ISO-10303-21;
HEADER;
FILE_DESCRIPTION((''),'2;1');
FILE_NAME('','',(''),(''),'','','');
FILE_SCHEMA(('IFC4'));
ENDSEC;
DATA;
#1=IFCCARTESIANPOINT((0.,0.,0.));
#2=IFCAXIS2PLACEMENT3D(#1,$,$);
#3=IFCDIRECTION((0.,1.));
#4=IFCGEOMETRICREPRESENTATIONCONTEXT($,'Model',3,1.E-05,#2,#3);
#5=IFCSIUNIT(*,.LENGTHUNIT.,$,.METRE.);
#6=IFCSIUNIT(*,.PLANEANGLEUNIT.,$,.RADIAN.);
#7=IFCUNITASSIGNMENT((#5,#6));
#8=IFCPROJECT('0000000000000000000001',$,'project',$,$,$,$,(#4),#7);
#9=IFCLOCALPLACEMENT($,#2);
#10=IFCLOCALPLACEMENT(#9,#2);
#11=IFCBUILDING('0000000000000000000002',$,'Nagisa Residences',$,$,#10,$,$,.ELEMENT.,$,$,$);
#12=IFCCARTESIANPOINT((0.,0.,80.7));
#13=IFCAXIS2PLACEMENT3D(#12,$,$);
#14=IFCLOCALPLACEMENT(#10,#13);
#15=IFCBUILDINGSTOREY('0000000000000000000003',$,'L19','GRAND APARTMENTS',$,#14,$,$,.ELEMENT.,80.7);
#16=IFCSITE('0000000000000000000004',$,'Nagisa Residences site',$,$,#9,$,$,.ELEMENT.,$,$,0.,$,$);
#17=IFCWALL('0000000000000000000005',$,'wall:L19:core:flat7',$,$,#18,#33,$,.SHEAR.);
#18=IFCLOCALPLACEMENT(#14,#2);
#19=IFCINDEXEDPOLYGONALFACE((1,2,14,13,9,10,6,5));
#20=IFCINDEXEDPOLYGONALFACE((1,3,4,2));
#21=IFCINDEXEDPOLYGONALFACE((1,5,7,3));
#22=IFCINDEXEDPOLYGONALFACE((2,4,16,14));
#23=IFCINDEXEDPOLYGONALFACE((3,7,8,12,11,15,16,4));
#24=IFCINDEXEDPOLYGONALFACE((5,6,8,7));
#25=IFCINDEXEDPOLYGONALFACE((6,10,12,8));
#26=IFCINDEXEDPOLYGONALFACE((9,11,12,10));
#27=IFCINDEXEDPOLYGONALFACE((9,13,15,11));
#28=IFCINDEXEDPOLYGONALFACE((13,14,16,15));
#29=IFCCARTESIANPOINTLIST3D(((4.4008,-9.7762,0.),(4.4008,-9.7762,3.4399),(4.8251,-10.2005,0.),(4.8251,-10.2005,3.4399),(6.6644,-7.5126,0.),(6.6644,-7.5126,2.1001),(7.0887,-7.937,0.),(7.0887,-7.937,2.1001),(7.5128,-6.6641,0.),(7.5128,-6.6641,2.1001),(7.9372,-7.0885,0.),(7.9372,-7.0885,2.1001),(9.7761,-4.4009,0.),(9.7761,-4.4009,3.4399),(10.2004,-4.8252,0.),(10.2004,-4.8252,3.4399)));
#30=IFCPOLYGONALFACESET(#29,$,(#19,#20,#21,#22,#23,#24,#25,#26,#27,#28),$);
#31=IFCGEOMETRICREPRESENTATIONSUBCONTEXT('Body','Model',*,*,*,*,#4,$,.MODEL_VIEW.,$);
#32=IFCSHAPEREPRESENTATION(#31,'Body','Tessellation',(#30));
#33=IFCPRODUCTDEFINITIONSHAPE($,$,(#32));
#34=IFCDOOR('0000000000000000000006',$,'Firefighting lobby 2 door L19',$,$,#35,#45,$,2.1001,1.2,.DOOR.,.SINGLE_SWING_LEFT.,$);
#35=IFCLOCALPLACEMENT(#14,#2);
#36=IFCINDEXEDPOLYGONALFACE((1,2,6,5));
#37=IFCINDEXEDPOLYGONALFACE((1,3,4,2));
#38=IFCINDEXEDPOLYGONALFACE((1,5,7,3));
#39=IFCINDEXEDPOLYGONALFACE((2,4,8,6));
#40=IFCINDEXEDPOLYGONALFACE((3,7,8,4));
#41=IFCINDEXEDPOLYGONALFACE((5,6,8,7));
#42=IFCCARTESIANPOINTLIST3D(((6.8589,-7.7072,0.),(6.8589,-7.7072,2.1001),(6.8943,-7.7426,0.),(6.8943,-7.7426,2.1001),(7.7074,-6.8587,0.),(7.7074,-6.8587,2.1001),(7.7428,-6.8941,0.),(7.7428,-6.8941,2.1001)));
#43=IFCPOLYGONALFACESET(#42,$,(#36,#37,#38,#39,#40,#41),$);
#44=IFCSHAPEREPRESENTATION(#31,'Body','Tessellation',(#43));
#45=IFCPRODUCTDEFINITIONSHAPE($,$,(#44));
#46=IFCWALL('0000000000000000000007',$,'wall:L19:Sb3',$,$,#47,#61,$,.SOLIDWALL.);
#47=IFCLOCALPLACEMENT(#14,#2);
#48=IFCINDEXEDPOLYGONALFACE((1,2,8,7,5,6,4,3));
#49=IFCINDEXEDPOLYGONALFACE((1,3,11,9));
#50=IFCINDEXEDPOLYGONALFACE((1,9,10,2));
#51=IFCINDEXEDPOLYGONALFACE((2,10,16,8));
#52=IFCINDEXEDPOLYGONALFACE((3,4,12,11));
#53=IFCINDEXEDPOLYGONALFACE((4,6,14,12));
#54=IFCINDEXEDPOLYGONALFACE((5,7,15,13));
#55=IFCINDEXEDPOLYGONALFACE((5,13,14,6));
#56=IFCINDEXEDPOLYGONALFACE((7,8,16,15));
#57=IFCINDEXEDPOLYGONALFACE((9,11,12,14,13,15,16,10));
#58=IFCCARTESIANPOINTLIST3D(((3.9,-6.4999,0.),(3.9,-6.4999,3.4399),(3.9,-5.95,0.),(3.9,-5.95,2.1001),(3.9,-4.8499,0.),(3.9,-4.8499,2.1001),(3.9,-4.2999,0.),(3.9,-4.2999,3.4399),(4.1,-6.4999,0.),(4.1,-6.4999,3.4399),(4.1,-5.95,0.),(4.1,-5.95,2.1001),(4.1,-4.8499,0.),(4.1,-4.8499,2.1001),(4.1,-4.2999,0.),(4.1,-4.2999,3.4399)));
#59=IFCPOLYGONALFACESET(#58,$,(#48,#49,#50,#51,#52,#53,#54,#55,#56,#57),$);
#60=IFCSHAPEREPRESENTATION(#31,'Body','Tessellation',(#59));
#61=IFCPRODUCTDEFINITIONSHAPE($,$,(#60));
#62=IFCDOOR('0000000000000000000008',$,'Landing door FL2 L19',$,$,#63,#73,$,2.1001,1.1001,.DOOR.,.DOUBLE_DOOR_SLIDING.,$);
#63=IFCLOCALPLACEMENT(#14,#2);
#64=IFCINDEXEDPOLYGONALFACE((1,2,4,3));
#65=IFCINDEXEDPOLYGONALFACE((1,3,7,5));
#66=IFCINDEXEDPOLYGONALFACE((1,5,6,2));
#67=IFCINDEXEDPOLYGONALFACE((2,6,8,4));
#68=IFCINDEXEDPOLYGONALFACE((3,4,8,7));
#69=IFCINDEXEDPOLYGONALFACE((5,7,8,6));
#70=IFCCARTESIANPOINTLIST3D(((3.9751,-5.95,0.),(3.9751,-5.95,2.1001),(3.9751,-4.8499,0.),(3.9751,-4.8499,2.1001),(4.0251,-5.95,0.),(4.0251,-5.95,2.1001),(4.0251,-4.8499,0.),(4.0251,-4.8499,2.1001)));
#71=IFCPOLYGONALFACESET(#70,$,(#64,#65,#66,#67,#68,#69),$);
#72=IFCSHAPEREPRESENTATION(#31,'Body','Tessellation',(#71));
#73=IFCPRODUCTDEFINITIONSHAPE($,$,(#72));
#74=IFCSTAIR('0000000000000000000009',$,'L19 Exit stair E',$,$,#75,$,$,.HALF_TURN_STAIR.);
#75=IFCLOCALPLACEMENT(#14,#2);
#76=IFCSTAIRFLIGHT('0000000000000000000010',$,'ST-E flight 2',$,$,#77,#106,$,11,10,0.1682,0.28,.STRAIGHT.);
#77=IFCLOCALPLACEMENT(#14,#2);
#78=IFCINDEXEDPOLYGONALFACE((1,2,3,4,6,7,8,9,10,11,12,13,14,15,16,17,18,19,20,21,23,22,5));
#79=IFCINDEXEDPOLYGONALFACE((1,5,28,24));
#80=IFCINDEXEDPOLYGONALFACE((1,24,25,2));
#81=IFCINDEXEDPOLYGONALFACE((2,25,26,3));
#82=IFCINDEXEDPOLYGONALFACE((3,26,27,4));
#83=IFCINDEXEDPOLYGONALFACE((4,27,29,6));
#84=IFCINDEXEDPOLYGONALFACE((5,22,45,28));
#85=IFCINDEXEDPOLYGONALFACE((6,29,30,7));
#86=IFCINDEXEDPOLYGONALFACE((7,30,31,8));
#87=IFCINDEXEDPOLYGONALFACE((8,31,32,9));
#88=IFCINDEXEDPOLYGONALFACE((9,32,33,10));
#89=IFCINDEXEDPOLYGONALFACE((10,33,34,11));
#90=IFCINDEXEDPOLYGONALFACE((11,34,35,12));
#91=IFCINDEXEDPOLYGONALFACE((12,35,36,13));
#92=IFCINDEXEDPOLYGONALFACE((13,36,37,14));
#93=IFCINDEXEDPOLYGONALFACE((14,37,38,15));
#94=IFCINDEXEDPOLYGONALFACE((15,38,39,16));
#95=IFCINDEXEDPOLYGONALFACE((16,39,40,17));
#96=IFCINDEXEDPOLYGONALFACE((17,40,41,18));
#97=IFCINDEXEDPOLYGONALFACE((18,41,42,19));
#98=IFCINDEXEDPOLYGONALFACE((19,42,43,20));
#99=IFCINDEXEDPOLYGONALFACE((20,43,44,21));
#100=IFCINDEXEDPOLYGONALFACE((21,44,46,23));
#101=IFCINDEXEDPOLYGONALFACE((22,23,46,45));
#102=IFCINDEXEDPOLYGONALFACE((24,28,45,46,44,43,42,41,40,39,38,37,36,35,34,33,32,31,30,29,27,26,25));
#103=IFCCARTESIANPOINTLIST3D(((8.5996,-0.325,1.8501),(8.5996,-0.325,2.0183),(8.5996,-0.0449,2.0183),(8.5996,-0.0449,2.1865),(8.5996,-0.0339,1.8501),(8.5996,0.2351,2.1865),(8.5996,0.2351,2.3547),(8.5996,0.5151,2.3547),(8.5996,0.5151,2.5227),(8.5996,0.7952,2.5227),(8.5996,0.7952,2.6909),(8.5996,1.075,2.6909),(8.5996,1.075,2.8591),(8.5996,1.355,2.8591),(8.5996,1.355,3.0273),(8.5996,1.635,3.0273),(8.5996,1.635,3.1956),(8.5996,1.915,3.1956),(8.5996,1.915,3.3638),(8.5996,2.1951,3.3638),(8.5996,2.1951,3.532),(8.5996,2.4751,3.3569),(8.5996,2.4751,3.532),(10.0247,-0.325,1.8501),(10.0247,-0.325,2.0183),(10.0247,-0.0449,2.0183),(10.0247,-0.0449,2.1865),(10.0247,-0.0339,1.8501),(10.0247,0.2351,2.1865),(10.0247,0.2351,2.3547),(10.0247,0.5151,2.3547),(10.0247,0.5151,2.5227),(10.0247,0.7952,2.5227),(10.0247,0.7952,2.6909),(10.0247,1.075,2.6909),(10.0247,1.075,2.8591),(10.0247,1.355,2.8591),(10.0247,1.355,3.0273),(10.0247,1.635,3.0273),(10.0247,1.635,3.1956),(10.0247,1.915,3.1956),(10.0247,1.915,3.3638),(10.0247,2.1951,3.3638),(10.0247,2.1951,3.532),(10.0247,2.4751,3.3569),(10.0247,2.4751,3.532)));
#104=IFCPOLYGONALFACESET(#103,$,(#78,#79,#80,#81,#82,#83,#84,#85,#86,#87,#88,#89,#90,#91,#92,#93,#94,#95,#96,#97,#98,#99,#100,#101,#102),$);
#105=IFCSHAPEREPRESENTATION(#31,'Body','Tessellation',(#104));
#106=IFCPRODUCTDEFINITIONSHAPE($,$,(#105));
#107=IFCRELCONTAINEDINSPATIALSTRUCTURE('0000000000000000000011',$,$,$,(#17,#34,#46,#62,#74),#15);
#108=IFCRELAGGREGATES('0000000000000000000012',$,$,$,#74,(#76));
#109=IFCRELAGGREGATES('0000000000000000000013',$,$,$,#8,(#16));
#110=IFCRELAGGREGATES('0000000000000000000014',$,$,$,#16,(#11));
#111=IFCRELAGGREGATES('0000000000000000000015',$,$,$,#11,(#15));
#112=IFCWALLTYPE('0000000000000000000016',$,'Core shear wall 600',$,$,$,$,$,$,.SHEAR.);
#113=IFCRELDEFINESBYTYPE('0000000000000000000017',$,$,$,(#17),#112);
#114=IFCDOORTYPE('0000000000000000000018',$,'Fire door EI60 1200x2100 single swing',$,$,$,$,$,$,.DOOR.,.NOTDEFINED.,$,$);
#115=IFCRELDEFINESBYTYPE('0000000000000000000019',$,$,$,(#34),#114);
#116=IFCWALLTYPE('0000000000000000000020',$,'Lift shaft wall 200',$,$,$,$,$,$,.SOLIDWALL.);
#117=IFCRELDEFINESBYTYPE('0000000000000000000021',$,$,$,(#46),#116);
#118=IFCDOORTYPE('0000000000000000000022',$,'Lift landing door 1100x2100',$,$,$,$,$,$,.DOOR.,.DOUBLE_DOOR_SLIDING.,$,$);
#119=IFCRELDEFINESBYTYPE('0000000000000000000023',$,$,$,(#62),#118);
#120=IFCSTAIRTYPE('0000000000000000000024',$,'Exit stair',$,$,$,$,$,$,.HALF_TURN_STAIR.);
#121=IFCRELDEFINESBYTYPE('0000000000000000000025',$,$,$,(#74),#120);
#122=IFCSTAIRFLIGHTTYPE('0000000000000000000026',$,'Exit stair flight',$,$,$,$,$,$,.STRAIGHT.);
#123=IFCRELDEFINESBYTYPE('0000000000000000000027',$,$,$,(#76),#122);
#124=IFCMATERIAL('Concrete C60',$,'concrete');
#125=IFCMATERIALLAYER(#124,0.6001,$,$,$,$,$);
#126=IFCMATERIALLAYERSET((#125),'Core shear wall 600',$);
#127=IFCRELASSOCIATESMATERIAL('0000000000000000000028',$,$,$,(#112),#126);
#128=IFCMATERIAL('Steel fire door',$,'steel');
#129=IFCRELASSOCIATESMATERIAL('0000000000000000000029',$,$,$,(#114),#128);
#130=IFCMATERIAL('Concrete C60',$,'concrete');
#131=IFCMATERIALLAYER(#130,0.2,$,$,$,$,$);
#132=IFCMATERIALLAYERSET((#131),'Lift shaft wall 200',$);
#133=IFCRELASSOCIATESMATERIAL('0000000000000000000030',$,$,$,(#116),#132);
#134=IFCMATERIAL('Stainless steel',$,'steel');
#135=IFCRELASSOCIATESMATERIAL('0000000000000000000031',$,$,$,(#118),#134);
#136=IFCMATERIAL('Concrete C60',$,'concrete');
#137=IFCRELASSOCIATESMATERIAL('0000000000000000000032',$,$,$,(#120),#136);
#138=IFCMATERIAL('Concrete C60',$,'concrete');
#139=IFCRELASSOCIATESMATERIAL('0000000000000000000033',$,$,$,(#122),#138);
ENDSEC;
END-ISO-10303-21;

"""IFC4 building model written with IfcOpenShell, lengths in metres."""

from ifc_helpers import new_model, si_unit, direction, frame, frame_2d, origin, place, context, subcontext, project, spatial, polyline, rectangle, outline, extrude, material, layer, layer_set, type_object, element, fill, aggregate, save


model = new_model("IFC4")

# Units and contexts
model_context = context("Model", 3, precision=1e-05, world=origin(), true_north=direction((0.0, 1.0)))
body_context = subcontext(model_context, "Body", "Model", "MODEL_VIEW")
ifc_project = project(units=[si_unit("LENGTHUNIT", "METRE"), si_unit("PLANEANGLEUNIT", "RADIAN")], contexts=[model_context])

# Site, building, storey
site_placement = place(None, origin())
site = spatial("IfcSite", under=ifc_project, at=site_placement, Name="Nagisa Residences site", CompositionType="ELEMENT", RefElevation=0.0)
building_placement = place(site_placement, origin())
building = spatial("IfcBuilding", under=site, at=building_placement, Name="Nagisa Residences", CompositionType="ELEMENT")
storey_placement = place(building_placement, frame((0.0, 0.0, 80.7)))
storey = spatial("IfcBuildingStorey", under=building, at=storey_placement, Name="L19", Description="GRAND APARTMENTS", CompositionType="ELEMENT", Elevation=80.7)

# Walls, openings, doors
ifc_material_1 = material(Name="Concrete C60", Category="concrete")
ifc_layer_1 = layer(ifc_material_1, 0.6001)
ifc_layer_set_1 = layer_set([ifc_layer_1], Name="Core shear wall 600")
wall_type_1 = type_object("IfcWallType", Name="Core shear wall 600", PredefinedType="SHEAR", material=ifc_layer_set_1)
wall_1_placement = place(storey_placement, frame((4.613, -9.9883, 0.0), z_axis=(0.0, 0.0, 1.0), x_axis=(0.707107, 0.707107, 0.0)))
wall_1 = element("IfcWall", 1, at=wall_1_placement, inside=storey, type_object=wall_type_1, Name="wall:L19:core:flat7", PredefinedType="SHEAR", context=body_context, shape_type="SweptSolid", body=[
    extrude(rectangle(XDim=7.6018, YDim=0.6001, at=frame_2d((3.8008, 0.0))), origin(), (0.0, 0.0, 1.0), 3.4399),
])
opening_1_placement = place(wall_1_placement, frame((3.2009, 0.0, 0.0)))
opening_1 = element("IfcOpeningElement", 2, at=opening_1_placement, cuts=wall_1, PredefinedType="OPENING", context=body_context, shape_type="SweptSolid", body=[
    extrude(rectangle(XDim=1.2, YDim=2.1001, at=frame_2d((0.6001, 1.05))), frame((0.0, 0.3101, 0.0), z_axis=(0.0, -1.0, 0.0), x_axis=(1.0, 0.0, 0.0)), (0.0, 0.0, 1.0), 0.6201),
])
ifc_material_2 = material(Name="Steel fire door", Category="steel")
door_type_1 = type_object("IfcDoorType", Name="Fire door EI60 1200x2100 single swing", OperationType="NOTDEFINED", PredefinedType="DOOR", material=ifc_material_2)
door_1_placement = place(opening_1_placement, origin())
door_1 = element("IfcDoor", 3, at=door_1_placement, inside=storey, type_object=door_type_1, Name="Firefighting lobby 2 door L19", OperationType="SINGLE_SWING_LEFT", OverallHeight=2.1001, OverallWidth=1.2, PredefinedType="DOOR", context=body_context, shape_type="SweptSolid", body=[
    extrude(rectangle(XDim=1.2, YDim=2.1001, at=frame_2d((0.6001, 1.05))), frame((0.0, 0.0249, 0.0), z_axis=(0.0, -1.0, 0.0), x_axis=(1.0, 0.0, 0.0)), (0.0, 0.0, 1.0), 0.05),
])
fill(opening_1, door_1)
ifc_material_3 = material(Name="Concrete C60", Category="concrete")
ifc_layer_2 = layer(ifc_material_3, 0.2)
ifc_layer_set_2 = layer_set([ifc_layer_2], Name="Lift shaft wall 200")
wall_type_2 = type_object("IfcWallType", Name="Lift shaft wall 200", PredefinedType="SOLIDWALL", material=ifc_layer_set_2)
wall_2_placement = place(storey_placement, frame((4.0, -6.5, 0.0), z_axis=(0.0, 0.0, 1.0), x_axis=(0.0, 1.0, 0.0)))
wall_2 = element("IfcWall", 4, at=wall_2_placement, inside=storey, type_object=wall_type_2, Name="wall:L19:Sb3", PredefinedType="SOLIDWALL", context=body_context, shape_type="SweptSolid", body=[
    extrude(rectangle(XDim=2.2, YDim=0.2, at=frame_2d((1.1001, 0.0))), origin(), (0.0, 0.0, 1.0), 3.4399),
])
opening_2_placement = place(wall_2_placement, frame((0.55, 0.0, 0.0)))
opening_2 = element("IfcOpeningElement", 5, at=opening_2_placement, cuts=wall_2, PredefinedType="OPENING", context=body_context, shape_type="SweptSolid", body=[
    extrude(rectangle(XDim=1.1001, YDim=2.1001, at=frame_2d((0.55, 1.05))), frame((0.0, 0.1099, 0.0), z_axis=(0.0, -1.0, 0.0), x_axis=(1.0, 0.0, 0.0)), (0.0, 0.0, 1.0), 0.22),
])
ifc_material_4 = material(Name="Stainless steel", Category="steel")
door_type_2 = type_object("IfcDoorType", Name="Lift landing door 1100x2100", OperationType="DOUBLE_DOOR_SLIDING", PredefinedType="DOOR", material=ifc_material_4)
door_2_placement = place(opening_2_placement, origin())
door_2 = element("IfcDoor", 6, at=door_2_placement, inside=storey, type_object=door_type_2, Name="Landing door FL2 L19", OperationType="DOUBLE_DOOR_SLIDING", OverallHeight=2.1001, OverallWidth=1.1001, PredefinedType="DOOR", context=body_context, shape_type="SweptSolid", body=[
    extrude(rectangle(XDim=1.1001, YDim=2.1001, at=frame_2d((0.55, 1.05))), frame((0.0, 0.0249, 0.0), z_axis=(0.0, -1.0, 0.0), x_axis=(1.0, 0.0, 0.0)), (0.0, 0.0, 1.0), 0.05),
])
fill(opening_2, door_2)

# Stair, stair flight
ifc_material_5 = material(Name="Concrete C60", Category="concrete")
stair_type = type_object("IfcStairType", Name="Exit stair", PredefinedType="HALF_TURN_STAIR", material=ifc_material_5)
stair_placement = place(storey_placement, origin())
stair = element("IfcStair", 7, at=stair_placement, inside=storey, type_object=stair_type, Name="L19 Exit stair E", PredefinedType="HALF_TURN_STAIR")
ifc_material_6 = material(Name="Concrete C60", Category="concrete")
stair_flight_type = type_object("IfcStairFlightType", Name="Exit stair flight", PredefinedType="STRAIGHT", material=ifc_material_6)
stair_flight_placement = place(storey_placement, frame((9.312, -0.325, 1.8501), z_axis=(0.0, 0.0, 1.0), x_axis=(0.0, 1.0, 0.0)))
stair_flight = element("IfcStairFlight", 8, at=stair_flight_placement, type_object=stair_flight_type, Name="ST-E flight 2", NumberOfRisers=11, NumberOfTreads=10, PredefinedType="STRAIGHT", RiserHeight=0.1682, TreadLength=0.28, context=body_context, shape_type="SweptSolid", body=[
    extrude(outline(polyline([(0.0, 0.0), (0.0, 0.1682), (0.28, 0.1682), (0.28, 0.3364), (0.5601, 0.3364), (0.5601, 0.5046), (0.8401, 0.5046), (0.8401, 0.6726), (1.1201, 0.6726), (1.1201, 0.8408), (1.3999, 0.8408), (1.3999, 1.009), (1.6799, 1.009), (1.6799, 1.1772), (1.96, 1.1772), (1.96, 1.3455), (2.24, 1.3455), (2.24, 1.5137), (2.52, 1.5137), (2.52, 1.6819), (2.8, 1.6819), (2.8, 1.8501), (2.8, 1.5068), (0.291, 0.0), (0.0, 0.0)])), frame((0.0, 0.7124, 0.0), z_axis=(0.0, -1.0, 0.0), x_axis=(1.0, 0.0, 0.0)), (0.0, 0.0, 1.0), 1.425),
])
aggregate(stair, [stair_flight])

save(model, "model.ifc")
